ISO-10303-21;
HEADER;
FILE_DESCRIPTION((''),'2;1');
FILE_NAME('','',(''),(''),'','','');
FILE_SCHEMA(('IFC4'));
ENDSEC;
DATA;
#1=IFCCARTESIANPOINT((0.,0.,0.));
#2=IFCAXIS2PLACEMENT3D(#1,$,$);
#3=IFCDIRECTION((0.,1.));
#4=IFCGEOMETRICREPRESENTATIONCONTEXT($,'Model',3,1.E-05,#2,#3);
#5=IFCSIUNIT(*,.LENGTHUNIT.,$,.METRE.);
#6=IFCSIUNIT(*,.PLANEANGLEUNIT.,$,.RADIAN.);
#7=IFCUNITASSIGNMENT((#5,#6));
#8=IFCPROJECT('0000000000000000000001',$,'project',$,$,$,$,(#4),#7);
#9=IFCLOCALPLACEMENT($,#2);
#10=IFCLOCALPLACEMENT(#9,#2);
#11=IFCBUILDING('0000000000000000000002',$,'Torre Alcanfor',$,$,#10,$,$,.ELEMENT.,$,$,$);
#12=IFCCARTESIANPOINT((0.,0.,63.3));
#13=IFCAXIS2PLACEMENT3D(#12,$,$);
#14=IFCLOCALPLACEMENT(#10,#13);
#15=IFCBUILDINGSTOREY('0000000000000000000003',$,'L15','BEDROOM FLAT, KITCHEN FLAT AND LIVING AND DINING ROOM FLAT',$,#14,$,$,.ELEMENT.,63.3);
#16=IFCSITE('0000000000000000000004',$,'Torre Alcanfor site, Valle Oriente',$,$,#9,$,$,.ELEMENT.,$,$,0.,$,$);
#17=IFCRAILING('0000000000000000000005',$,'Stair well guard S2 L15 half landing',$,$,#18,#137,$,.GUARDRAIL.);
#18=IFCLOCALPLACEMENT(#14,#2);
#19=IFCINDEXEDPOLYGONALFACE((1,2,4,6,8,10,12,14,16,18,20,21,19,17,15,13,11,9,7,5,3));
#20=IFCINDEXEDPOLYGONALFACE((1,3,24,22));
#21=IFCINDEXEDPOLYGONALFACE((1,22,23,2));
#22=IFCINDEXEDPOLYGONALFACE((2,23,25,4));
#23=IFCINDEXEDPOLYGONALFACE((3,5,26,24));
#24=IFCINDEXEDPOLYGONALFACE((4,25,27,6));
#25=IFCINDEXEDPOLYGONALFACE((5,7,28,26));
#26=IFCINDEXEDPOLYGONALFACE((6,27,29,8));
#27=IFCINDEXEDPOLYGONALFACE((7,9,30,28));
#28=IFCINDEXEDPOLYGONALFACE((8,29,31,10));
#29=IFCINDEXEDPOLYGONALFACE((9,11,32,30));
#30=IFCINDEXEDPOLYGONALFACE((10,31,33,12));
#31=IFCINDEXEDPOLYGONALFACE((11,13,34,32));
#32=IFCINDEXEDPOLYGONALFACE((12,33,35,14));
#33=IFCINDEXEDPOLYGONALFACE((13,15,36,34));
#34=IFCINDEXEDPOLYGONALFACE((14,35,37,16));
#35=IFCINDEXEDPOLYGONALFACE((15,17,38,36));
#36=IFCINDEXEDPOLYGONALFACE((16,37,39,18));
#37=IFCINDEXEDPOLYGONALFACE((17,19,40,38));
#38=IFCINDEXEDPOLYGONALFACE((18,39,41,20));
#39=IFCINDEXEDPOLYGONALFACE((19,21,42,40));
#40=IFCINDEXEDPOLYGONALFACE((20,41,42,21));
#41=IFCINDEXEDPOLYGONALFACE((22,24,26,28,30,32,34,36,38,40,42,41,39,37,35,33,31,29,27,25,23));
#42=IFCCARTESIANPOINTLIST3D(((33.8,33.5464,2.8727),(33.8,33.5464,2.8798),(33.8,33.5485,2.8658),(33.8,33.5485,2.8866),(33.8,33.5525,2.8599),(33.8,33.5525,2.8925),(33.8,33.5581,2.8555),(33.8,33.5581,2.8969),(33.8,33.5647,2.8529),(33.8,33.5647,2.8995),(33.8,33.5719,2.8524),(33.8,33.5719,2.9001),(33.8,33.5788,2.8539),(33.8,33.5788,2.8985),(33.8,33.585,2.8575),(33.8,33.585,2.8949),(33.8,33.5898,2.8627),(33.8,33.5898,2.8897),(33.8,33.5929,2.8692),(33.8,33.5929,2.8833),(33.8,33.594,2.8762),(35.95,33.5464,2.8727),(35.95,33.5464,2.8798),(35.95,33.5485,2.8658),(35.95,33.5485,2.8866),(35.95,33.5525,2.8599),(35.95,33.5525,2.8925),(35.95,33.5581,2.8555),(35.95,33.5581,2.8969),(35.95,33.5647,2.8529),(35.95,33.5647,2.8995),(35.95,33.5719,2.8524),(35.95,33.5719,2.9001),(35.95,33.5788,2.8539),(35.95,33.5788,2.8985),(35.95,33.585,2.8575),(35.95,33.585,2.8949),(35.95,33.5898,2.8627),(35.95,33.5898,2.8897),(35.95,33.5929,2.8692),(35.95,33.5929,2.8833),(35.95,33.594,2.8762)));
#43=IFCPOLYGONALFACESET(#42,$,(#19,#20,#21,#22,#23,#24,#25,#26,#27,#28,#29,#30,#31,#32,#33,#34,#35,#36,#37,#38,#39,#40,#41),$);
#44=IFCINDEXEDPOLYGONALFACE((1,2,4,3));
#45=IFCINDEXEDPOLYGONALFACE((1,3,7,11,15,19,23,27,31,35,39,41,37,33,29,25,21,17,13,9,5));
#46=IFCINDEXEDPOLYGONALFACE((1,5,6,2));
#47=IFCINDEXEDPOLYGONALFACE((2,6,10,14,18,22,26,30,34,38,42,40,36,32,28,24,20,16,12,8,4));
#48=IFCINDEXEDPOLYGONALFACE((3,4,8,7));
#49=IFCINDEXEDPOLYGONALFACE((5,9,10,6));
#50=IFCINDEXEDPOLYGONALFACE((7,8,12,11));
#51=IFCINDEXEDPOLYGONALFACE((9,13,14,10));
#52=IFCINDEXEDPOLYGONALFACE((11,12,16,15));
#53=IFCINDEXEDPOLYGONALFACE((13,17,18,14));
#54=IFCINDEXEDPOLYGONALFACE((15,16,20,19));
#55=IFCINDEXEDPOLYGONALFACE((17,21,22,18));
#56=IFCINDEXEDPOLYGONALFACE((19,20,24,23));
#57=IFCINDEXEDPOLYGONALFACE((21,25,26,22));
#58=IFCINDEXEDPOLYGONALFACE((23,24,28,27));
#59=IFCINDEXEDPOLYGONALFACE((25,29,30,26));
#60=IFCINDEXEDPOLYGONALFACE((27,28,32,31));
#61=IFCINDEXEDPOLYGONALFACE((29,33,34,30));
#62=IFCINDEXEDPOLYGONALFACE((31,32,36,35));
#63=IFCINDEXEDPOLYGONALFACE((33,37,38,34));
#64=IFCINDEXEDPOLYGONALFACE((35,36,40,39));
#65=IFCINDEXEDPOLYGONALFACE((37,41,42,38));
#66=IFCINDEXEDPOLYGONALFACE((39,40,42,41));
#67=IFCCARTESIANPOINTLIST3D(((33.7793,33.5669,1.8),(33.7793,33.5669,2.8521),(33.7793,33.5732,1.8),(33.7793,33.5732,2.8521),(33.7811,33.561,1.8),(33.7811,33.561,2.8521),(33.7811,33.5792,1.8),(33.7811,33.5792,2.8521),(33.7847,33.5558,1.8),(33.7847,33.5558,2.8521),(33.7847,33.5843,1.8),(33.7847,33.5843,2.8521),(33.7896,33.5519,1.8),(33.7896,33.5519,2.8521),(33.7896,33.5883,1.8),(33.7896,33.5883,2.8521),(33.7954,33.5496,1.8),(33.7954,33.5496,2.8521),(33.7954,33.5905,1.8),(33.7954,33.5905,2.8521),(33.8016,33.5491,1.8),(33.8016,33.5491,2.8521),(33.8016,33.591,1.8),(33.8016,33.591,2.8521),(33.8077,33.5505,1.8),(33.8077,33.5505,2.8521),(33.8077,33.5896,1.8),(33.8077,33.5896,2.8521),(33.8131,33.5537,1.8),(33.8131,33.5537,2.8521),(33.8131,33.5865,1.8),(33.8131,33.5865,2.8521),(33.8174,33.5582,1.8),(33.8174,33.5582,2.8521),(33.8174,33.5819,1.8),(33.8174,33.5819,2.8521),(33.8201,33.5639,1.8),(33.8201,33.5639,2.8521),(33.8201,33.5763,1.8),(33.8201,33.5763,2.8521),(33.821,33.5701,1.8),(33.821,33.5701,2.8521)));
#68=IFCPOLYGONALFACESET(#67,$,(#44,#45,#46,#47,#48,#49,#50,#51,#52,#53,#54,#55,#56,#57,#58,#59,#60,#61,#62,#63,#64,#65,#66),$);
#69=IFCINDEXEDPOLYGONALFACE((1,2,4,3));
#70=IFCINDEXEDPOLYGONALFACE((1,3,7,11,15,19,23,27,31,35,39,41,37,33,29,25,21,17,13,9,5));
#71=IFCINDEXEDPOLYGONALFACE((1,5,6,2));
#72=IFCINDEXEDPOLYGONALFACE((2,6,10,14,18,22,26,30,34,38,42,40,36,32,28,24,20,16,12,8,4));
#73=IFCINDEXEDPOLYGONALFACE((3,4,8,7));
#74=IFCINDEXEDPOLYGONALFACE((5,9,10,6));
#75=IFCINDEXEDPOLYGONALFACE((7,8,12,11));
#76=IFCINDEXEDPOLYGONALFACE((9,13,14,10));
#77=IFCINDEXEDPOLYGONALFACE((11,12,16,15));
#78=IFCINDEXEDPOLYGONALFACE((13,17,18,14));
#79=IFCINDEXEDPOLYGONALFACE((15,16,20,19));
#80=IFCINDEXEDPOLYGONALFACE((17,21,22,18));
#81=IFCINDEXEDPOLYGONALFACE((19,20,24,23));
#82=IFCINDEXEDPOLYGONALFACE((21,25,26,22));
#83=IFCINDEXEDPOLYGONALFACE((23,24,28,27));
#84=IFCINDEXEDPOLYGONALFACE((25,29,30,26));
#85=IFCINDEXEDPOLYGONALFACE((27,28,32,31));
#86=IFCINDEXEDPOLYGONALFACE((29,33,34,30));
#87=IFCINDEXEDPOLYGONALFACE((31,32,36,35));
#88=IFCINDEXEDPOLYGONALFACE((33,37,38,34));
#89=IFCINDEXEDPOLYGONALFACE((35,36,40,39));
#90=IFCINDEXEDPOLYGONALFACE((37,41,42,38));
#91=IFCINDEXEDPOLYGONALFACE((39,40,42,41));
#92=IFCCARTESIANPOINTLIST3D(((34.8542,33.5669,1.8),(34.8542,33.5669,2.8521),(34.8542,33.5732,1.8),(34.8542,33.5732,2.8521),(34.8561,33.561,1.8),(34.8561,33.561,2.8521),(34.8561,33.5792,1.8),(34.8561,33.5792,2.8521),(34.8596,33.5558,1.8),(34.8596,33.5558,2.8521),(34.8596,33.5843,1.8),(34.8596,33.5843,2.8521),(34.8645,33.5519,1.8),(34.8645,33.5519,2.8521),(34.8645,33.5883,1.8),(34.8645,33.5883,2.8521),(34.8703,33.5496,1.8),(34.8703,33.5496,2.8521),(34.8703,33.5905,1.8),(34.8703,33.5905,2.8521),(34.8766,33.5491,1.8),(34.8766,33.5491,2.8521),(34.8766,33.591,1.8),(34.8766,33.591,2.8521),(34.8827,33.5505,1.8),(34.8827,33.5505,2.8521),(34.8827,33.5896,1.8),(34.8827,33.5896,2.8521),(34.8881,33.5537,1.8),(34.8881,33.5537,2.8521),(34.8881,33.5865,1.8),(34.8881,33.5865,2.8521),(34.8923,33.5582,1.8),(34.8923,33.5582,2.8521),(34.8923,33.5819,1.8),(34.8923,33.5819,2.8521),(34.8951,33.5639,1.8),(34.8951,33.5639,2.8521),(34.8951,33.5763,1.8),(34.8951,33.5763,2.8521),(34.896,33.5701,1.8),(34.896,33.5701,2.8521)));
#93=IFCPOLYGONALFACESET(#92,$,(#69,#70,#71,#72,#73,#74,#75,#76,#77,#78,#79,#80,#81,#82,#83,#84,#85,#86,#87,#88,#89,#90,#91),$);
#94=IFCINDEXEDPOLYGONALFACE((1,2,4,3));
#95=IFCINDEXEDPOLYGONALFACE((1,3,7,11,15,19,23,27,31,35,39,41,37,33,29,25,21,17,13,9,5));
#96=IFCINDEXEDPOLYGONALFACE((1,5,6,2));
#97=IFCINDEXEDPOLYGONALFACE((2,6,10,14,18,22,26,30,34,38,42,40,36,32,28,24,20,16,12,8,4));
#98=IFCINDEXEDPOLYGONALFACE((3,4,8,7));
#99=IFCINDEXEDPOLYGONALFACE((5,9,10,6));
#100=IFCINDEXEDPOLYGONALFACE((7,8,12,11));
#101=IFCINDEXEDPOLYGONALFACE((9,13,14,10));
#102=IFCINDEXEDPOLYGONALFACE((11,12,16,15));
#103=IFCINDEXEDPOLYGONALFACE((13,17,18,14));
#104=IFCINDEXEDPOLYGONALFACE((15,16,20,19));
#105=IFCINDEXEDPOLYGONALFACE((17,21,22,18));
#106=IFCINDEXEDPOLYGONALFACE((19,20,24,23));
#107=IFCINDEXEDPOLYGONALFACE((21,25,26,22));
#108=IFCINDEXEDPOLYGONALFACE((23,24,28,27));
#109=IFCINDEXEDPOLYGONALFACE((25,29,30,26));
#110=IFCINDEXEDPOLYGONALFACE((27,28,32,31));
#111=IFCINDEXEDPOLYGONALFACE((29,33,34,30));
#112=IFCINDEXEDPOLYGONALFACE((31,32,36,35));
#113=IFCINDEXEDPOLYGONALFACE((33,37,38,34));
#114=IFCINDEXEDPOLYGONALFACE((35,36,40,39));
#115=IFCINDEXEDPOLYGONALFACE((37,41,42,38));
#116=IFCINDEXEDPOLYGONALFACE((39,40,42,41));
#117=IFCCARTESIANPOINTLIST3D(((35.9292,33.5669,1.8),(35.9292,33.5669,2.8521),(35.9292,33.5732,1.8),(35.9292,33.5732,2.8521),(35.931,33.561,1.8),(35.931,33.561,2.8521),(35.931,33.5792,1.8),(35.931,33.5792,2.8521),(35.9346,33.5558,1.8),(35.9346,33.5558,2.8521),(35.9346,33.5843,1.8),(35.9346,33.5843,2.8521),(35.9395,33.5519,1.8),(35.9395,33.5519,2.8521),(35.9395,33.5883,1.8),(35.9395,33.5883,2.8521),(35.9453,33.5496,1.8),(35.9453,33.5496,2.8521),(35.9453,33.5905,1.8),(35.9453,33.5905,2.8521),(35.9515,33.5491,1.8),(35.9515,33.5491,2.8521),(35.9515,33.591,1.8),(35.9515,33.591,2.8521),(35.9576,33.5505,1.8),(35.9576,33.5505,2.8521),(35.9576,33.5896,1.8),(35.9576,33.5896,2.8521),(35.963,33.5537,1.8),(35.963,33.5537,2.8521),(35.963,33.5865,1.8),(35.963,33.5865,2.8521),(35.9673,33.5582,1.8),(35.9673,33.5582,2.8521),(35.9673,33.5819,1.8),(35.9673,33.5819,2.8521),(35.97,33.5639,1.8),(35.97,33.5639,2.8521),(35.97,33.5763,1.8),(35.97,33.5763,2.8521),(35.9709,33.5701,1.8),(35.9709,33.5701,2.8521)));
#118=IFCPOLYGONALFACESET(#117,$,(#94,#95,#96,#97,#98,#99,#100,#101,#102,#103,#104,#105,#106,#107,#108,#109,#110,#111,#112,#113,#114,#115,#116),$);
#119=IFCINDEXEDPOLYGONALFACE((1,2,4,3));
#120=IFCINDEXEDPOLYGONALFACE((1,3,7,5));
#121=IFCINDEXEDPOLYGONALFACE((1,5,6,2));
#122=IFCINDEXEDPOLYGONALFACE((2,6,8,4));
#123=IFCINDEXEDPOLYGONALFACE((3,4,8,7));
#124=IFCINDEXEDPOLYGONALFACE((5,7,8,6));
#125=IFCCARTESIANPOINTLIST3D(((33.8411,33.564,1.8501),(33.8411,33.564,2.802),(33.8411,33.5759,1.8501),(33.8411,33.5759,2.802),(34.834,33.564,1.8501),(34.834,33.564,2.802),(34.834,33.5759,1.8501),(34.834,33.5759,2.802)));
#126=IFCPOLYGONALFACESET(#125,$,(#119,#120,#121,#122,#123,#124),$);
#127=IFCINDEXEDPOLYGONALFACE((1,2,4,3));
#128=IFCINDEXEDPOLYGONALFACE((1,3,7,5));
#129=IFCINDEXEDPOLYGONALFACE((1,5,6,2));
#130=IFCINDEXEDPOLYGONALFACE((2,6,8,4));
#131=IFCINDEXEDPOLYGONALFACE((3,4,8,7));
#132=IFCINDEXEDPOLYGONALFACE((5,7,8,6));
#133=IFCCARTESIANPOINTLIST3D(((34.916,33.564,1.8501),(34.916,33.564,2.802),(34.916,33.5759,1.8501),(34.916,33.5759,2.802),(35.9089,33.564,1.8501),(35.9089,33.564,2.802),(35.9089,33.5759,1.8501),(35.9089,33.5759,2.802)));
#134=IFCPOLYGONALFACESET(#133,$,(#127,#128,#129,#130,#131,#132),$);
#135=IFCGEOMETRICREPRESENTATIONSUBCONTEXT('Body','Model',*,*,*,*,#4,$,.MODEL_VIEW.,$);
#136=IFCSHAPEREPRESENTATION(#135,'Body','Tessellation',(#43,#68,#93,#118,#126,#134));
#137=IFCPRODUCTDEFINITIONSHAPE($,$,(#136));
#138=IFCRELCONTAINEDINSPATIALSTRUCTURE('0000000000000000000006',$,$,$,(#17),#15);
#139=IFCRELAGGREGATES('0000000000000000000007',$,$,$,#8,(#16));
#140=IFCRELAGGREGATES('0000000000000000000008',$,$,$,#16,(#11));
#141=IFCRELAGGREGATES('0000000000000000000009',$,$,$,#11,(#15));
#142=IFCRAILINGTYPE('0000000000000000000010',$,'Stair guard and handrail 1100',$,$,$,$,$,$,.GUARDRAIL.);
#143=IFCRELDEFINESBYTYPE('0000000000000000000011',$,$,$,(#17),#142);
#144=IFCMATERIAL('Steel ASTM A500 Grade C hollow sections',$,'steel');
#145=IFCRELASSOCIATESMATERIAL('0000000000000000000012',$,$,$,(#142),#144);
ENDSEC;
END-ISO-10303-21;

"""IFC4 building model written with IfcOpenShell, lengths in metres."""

from ifc_helpers import new_model, si_unit, direction, frame, origin, origin_2d, place, context, subcontext, project, spatial, polyline, circle, outline, extrude, material, type_object, element, save


model = new_model("IFC4")

# Units and contexts
model_context = context("Model", 3, precision=1e-05, world=origin(), true_north=direction((0.0, 1.0)))
body_context = subcontext(model_context, "Body", "Model", "MODEL_VIEW")
ifc_project = project(units=[si_unit("LENGTHUNIT", "METRE"), si_unit("PLANEANGLEUNIT", "RADIAN")], contexts=[model_context])

# Site, building, storey
site_placement = place(None, origin())
site = spatial("IfcSite", under=ifc_project, at=site_placement, Name="Torre Alcanfor site, Valle Oriente", CompositionType="ELEMENT", RefElevation=0.0)
building_placement = place(site_placement, origin())
building = spatial("IfcBuilding", under=site, at=building_placement, Name="Torre Alcanfor", CompositionType="ELEMENT")
storey_placement = place(building_placement, frame((0.0, 0.0, 63.3)))
storey = spatial("IfcBuildingStorey", under=building, at=storey_placement, Name="L15", Description="BEDROOM FLAT, KITCHEN FLAT AND LIVING AND DINING ROOM FLAT", CompositionType="ELEMENT", Elevation=63.3)

# Railing
ifc_material_1 = material(Name="Steel ASTM A500 Grade C hollow sections", Category="steel")
railing_type_1 = type_object("IfcRailingType", Name="Stair guard and handrail 1100", PredefinedType="GUARDRAIL", material=ifc_material_1)
for number, where, name in (
    (1, (33.8, 33.5701, 1.8), "Stair well guard S2 L15 half landing"),
):
    element("IfcRailing", number, at=place(storey_placement, frame(where)), inside=storey, type_object=railing_type_1, Name=name, PredefinedType="GUARDRAIL", context=body_context, shape_type="SweptSolid", body=[
        extrude(circle(Radius=0.0239, at=origin_2d()), frame((0.0, 0.0, 1.0762), z_axis=(1.0, 0.0, 0.0), x_axis=(0.0, 1.0, 0.0)), (0.0, 0.0, 1.0), 2.1499),
        extrude(circle(Radius=0.021, at=origin_2d()), origin(), (0.0, 0.0, 1.0), 1.052),
        extrude(circle(Radius=0.021, at=origin_2d()), frame((1.075, 0.0, 0.0)), (0.0, 0.0, 1.0), 1.052),
        extrude(circle(Radius=0.021, at=origin_2d()), frame((2.1499, 0.0, 0.0)), (0.0, 0.0, 1.0), 1.052),
        extrude(outline(polyline([(0.041, 0.05), (1.0339, 0.05), (1.0339, 1.002), (0.041, 1.002), (0.041, 0.05)])), frame((0.0, 0.0059, 0.0), z_axis=(0.0, -1.0, 0.0), x_axis=(1.0, 0.0, 0.0)), (0.0, 0.0, 1.0), 0.012),
        extrude(outline(polyline([(1.116, 0.05), (2.1089, 0.05), (2.1089, 1.002), (1.116, 1.002), (1.116, 0.05)])), frame((0.0, 0.0059, 0.0), z_axis=(0.0, -1.0, 0.0), x_axis=(1.0, 0.0, 0.0)), (0.0, 0.0, 1.0), 0.012),
    ])

save(model, "model.ifc")
